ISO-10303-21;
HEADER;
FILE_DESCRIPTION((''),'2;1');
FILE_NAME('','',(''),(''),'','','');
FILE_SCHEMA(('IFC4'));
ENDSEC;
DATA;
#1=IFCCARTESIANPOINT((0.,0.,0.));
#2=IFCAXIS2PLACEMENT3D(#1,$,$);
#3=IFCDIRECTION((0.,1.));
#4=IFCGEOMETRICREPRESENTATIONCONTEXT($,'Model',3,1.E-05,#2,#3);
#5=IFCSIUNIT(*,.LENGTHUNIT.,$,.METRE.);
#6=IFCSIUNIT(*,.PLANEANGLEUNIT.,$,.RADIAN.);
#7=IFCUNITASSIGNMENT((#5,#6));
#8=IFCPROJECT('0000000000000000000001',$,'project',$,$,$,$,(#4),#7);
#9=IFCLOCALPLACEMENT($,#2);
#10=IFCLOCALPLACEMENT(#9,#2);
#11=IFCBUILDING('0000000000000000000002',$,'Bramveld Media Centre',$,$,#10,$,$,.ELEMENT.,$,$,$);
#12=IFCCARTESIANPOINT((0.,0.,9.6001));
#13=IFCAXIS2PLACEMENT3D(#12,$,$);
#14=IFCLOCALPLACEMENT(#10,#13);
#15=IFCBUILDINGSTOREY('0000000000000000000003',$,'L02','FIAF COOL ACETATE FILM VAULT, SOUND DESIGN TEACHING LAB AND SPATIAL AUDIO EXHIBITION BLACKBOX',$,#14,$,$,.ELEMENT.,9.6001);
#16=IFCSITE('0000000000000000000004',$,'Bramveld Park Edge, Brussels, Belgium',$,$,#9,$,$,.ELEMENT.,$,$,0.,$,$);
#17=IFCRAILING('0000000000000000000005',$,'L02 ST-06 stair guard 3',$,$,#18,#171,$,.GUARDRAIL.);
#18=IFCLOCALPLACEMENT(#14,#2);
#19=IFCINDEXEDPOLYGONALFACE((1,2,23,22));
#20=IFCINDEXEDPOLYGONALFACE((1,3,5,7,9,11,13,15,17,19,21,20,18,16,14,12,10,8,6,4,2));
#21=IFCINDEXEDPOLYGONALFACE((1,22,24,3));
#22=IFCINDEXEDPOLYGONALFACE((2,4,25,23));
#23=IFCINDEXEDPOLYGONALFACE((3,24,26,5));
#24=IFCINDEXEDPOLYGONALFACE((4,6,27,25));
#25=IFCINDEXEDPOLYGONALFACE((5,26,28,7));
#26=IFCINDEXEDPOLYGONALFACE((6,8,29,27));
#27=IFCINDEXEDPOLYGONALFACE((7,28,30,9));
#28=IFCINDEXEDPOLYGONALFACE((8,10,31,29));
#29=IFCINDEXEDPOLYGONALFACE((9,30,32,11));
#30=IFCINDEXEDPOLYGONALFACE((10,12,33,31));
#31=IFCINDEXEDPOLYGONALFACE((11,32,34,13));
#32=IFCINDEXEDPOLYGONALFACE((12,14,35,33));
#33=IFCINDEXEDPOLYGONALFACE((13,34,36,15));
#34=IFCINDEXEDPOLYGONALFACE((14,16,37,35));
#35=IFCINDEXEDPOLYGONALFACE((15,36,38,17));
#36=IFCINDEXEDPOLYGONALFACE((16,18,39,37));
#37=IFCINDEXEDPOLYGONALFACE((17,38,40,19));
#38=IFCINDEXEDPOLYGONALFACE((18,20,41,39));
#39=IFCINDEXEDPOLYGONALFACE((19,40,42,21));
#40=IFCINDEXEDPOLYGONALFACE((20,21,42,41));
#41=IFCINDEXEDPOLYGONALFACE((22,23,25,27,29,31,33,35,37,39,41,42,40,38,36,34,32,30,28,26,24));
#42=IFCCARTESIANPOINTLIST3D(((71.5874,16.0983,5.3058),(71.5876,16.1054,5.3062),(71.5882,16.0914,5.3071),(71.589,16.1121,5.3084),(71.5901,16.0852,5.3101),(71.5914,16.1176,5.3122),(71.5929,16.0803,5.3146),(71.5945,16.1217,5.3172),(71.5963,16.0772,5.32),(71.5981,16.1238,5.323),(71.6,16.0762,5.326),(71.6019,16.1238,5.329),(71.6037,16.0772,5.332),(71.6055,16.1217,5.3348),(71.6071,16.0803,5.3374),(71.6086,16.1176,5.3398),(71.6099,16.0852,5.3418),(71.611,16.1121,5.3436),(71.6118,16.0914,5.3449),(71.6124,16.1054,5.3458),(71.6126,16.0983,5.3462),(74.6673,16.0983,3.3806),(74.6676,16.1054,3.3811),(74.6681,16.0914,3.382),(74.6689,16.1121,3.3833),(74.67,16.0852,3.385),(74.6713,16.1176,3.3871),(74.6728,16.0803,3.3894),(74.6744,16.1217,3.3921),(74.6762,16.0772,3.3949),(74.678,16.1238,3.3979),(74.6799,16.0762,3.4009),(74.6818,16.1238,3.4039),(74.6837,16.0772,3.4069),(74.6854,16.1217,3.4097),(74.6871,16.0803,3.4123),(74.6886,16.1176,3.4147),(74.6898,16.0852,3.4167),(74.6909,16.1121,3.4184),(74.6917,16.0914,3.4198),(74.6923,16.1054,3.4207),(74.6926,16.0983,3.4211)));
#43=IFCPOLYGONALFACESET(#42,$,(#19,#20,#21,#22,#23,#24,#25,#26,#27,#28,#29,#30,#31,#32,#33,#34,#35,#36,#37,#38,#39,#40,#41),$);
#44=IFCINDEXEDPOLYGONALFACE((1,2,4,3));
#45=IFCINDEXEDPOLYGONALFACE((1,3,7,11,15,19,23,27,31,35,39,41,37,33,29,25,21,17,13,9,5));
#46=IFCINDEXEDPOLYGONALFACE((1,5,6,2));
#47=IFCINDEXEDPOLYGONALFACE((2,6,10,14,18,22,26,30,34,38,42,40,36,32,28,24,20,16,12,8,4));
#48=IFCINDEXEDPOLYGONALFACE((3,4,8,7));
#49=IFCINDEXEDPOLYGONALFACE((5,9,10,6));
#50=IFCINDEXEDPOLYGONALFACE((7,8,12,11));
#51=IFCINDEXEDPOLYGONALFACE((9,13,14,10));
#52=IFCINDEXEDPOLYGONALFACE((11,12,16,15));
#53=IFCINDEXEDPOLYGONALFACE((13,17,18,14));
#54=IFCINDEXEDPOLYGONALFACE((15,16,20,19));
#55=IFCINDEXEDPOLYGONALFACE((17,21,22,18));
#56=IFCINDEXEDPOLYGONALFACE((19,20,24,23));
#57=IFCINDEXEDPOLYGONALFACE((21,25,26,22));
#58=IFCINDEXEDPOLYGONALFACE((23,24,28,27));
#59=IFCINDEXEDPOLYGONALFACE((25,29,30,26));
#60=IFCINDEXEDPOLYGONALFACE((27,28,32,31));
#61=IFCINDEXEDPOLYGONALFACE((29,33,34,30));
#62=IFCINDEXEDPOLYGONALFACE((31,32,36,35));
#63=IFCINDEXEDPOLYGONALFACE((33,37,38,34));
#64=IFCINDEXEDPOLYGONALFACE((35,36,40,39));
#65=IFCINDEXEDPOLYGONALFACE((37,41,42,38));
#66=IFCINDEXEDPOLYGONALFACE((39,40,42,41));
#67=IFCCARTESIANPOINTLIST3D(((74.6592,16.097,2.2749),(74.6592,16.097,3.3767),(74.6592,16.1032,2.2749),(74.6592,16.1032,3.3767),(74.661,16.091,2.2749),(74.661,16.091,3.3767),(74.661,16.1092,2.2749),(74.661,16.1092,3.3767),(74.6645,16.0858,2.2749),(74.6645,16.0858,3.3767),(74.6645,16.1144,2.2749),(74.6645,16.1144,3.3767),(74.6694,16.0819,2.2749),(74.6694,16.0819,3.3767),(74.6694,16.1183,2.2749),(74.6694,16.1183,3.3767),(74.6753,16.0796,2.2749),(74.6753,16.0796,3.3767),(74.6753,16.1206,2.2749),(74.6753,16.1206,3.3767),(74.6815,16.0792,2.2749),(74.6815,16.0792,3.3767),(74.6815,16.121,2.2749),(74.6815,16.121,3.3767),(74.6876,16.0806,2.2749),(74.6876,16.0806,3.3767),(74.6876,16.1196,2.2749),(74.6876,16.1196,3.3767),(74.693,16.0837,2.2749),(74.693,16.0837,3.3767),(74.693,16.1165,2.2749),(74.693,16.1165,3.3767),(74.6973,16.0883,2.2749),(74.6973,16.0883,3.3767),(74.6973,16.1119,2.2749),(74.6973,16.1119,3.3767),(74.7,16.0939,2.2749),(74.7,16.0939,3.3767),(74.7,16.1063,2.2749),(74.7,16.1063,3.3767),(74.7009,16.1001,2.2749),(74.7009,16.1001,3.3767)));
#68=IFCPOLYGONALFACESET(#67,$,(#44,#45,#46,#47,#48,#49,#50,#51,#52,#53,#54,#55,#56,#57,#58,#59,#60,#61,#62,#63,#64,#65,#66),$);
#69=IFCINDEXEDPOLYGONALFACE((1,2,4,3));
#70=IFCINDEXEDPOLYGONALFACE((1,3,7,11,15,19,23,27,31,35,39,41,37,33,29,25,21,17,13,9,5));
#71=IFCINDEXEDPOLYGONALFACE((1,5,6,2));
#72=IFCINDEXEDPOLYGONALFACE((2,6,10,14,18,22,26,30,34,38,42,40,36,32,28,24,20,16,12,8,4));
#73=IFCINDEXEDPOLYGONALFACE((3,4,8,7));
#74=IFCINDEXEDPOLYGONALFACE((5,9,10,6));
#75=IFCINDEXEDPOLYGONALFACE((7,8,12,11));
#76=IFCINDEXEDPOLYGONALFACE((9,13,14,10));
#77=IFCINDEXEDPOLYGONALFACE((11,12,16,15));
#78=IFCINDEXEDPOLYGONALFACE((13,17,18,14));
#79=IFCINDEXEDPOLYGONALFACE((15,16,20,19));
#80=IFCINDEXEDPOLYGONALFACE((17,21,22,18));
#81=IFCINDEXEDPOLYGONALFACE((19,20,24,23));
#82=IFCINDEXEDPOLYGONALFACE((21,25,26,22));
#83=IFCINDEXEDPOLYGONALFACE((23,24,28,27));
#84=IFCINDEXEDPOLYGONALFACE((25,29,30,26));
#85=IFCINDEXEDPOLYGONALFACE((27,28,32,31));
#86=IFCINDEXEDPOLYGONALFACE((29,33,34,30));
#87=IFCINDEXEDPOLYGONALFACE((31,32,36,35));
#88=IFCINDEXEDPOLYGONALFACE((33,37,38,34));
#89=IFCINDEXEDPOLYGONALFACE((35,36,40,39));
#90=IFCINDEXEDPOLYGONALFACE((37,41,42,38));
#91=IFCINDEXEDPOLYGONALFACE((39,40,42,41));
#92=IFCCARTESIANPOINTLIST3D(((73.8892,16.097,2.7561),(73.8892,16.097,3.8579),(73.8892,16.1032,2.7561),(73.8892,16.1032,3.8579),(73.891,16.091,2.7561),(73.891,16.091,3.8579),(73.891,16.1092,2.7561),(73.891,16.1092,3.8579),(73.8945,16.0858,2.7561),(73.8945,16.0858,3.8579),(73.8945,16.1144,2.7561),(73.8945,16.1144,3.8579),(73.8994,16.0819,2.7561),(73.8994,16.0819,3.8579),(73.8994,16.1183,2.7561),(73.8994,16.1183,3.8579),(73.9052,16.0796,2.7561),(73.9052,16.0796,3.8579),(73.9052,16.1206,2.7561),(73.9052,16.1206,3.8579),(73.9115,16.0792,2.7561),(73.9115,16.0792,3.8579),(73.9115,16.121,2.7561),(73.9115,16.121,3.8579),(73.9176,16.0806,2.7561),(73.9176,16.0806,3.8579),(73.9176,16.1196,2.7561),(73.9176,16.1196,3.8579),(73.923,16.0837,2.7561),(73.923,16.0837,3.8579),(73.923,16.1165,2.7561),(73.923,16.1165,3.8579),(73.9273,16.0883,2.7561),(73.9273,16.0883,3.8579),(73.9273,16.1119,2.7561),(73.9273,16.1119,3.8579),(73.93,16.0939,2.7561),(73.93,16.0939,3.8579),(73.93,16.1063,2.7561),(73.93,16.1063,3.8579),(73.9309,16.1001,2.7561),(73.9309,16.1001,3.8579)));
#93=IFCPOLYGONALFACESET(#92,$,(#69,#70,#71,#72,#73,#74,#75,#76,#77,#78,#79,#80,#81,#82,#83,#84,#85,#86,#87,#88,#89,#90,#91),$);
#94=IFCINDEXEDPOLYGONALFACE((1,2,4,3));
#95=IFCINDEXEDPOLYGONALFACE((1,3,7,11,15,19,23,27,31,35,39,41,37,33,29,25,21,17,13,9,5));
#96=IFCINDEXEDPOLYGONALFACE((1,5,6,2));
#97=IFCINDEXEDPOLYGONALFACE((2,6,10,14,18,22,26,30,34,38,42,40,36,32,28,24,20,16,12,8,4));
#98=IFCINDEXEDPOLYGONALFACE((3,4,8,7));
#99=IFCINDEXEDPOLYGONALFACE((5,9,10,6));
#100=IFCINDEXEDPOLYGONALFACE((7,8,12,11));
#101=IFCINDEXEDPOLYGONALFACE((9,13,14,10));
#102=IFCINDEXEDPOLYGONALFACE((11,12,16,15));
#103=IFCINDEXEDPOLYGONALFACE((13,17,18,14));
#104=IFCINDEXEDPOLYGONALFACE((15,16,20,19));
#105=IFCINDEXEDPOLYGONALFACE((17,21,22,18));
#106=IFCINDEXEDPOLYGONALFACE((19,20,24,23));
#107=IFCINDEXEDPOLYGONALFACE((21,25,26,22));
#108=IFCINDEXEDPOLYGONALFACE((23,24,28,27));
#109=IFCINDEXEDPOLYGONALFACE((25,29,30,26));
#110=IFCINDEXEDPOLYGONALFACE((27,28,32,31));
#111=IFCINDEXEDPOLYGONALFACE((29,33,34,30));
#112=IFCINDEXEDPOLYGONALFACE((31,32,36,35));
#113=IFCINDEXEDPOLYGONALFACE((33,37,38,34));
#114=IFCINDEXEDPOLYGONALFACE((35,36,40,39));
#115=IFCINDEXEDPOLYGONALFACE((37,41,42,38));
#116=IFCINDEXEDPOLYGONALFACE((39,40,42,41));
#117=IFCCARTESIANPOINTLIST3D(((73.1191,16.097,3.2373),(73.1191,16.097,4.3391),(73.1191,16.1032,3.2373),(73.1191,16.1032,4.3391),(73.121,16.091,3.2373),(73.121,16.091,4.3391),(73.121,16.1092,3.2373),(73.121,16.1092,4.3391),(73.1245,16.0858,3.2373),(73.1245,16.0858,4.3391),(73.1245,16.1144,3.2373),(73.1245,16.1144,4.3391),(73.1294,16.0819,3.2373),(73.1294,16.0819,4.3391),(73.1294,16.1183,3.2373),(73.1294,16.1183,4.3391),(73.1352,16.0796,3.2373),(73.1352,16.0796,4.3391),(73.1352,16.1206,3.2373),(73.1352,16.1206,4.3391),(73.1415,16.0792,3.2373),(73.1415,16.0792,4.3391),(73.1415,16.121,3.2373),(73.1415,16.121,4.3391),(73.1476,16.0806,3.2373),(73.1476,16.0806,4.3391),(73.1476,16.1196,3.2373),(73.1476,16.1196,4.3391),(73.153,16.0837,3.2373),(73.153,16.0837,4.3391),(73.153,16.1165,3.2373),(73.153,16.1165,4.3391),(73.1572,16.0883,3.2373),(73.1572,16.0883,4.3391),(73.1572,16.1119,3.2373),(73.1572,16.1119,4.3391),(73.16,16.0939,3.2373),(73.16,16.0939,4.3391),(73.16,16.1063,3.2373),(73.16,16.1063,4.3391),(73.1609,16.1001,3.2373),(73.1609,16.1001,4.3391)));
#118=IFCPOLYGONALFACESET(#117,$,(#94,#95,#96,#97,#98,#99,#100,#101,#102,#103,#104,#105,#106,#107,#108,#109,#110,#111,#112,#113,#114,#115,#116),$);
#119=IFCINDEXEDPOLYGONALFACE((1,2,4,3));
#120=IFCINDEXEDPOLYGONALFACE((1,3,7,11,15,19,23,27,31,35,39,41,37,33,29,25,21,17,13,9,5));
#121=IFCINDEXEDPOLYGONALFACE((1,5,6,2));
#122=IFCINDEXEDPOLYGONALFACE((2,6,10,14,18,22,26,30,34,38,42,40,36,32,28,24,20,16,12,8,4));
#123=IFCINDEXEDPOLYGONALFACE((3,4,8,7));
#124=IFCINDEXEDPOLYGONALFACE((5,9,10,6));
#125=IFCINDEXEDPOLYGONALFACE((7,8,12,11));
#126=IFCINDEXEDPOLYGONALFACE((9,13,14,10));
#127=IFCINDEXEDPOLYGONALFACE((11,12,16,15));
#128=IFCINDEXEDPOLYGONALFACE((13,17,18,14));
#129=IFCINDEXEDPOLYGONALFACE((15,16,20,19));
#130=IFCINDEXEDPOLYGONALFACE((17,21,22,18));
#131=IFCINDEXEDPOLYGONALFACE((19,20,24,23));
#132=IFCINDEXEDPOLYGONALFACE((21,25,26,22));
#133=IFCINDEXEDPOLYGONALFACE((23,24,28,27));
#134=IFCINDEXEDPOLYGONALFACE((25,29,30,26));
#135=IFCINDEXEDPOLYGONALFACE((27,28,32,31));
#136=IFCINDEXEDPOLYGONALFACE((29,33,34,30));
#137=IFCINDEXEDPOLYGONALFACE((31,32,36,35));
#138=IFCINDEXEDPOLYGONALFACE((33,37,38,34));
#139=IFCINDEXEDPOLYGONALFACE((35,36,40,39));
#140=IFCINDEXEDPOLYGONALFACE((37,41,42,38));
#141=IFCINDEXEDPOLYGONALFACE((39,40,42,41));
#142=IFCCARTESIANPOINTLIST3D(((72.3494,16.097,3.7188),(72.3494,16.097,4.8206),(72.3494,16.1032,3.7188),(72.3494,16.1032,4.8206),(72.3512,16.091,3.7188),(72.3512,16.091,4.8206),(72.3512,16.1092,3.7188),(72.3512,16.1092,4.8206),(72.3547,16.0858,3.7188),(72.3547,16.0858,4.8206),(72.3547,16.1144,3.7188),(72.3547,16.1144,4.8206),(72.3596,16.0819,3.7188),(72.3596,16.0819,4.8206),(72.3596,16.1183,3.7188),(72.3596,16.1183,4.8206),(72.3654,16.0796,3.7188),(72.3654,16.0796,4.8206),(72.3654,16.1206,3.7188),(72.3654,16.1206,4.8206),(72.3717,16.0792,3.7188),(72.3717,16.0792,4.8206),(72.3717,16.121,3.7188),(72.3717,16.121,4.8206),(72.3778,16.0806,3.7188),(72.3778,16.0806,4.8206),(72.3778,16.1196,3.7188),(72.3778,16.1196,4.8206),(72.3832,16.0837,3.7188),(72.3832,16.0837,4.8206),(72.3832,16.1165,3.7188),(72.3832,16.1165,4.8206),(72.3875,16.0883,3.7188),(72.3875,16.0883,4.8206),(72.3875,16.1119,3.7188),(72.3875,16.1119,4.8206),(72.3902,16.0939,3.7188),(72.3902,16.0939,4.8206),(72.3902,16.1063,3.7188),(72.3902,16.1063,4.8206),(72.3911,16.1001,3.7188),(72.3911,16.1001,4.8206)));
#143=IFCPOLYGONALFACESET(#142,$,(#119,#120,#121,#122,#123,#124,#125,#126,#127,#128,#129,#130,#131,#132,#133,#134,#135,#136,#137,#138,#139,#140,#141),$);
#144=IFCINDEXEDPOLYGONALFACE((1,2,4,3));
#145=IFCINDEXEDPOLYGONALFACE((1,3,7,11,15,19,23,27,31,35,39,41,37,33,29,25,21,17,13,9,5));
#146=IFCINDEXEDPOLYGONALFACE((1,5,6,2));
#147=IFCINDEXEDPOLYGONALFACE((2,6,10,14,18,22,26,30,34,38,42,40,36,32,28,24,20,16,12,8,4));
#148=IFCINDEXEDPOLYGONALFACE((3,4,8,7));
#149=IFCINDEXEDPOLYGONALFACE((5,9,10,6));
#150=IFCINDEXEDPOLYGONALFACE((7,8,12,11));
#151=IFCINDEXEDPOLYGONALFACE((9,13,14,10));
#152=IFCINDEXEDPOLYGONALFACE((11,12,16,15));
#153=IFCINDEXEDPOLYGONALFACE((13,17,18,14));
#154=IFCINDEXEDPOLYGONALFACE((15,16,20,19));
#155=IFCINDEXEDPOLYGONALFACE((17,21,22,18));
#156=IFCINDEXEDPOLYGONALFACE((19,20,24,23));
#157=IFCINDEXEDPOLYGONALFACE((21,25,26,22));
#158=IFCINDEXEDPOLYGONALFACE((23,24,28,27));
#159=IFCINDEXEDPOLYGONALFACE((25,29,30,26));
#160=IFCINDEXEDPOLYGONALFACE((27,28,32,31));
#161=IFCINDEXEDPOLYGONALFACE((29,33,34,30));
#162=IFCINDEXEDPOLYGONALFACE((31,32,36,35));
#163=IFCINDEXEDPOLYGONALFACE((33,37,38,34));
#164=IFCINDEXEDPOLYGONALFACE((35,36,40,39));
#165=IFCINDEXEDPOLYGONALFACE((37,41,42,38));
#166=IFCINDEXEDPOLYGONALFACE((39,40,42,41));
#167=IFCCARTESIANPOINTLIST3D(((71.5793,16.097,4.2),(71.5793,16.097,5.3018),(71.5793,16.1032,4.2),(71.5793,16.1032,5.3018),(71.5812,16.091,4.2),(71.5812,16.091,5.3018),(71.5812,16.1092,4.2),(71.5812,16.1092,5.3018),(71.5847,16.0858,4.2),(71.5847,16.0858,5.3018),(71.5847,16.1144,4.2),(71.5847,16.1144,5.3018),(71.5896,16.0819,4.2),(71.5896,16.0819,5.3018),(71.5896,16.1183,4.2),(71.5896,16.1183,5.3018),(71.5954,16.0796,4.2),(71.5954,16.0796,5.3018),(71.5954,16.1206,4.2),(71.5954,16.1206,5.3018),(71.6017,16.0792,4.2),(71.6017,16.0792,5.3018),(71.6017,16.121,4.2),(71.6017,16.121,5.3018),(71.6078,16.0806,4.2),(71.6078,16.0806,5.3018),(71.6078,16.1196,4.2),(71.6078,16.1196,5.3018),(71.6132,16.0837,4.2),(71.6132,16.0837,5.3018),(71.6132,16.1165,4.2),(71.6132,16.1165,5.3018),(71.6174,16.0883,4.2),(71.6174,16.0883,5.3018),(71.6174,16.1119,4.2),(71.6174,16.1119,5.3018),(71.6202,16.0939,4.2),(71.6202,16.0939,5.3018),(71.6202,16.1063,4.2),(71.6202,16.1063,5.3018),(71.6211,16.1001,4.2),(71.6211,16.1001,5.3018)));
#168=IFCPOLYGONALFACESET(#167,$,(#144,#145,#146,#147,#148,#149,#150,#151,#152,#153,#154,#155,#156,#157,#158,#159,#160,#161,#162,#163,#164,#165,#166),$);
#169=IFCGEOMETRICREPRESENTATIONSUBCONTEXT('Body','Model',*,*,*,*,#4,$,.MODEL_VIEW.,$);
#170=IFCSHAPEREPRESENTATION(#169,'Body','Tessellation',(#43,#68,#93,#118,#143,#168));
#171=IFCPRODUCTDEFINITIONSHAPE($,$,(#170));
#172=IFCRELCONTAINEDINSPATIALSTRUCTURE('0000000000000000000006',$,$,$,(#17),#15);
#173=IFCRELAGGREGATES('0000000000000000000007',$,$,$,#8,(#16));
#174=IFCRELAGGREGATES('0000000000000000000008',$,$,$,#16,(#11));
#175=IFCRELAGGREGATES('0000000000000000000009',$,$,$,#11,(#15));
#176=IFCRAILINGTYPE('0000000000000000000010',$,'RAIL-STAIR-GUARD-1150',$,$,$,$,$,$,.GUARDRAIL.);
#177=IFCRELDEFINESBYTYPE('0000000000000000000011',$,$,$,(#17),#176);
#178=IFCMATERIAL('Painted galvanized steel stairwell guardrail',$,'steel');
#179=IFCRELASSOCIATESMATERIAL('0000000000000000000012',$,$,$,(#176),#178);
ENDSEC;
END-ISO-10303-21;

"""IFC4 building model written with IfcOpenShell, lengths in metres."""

from ifc_helpers import new_model, si_unit, direction, frame, origin, origin_2d, place, context, subcontext, project, spatial, circle, extrude, material, type_object, element, save


model = new_model("IFC4")

# Units and contexts
model_context = context("Model", 3, precision=1e-05, world=origin(), true_north=direction((0.0, 1.0)))
body_context = subcontext(model_context, "Body", "Model", "MODEL_VIEW")
ifc_project = project(units=[si_unit("LENGTHUNIT", "METRE"), si_unit("PLANEANGLEUNIT", "RADIAN")], contexts=[model_context])

# Site, building, storey
site_placement = place(None, origin())
site = spatial("IfcSite", under=ifc_project, at=site_placement, Name="Bramveld Park Edge, Brussels, Belgium", CompositionType="ELEMENT", RefElevation=0.0)
building_placement = place(site_placement, origin())
building = spatial("IfcBuilding", under=site, at=building_placement, Name="Bramveld Media Centre", CompositionType="ELEMENT")
storey_placement = place(building_placement, frame((0.0, 0.0, 9.6001)))
storey = spatial("IfcBuildingStorey", under=building, at=storey_placement, Name="L02", Description="FIAF COOL ACETATE FILM VAULT, SOUND DESIGN TEACHING LAB AND SPATIAL AUDIO EXHIBITION BLACKBOX", CompositionType="ELEMENT", Elevation=9.6001)

# Railing
ifc_material_1 = material(Name="Painted galvanized steel stairwell guardrail", Category="steel")
railing_type_1 = type_object("IfcRailingType", Name="RAIL-STAIR-GUARD-1150", PredefinedType="GUARDRAIL", material=ifc_material_1)
railing_1_placement = place(storey_placement, frame((74.6799, 16.1001, 2.2749)))
element("IfcRailing", 1, at=railing_1_placement, inside=storey, type_object=railing_type_1, Name="L02 ST-06 stair guard 3", PredefinedType="GUARDRAIL", context=body_context, shape_type="SweptSolid", body=[
    extrude(circle(Radius=0.0239, at=origin_2d()), frame((0.0, 0.0, 1.126), z_axis=(-0.847979, 0.0, 0.530029), x_axis=(0.0, -1.0, 0.0)), (0.0, 0.0, 1.0), 3.6321),
    extrude(circle(Radius=0.021, at=origin_2d()), origin(), (0.0, 0.0, 1.0), 1.1018),
    extrude(circle(Radius=0.021, at=origin_2d()), frame((-0.77, 0.0, 0.4812)), (0.0, 0.0, 1.0), 1.1018),
    extrude(circle(Radius=0.021, at=origin_2d()), frame((-1.54, 0.0, 0.9624)), (0.0, 0.0, 1.0), 1.1018),
    extrude(circle(Radius=0.021, at=origin_2d()), frame((-2.3098, 0.0, 1.4438)), (0.0, 0.0, 1.0), 1.1018),
    extrude(circle(Radius=0.021, at=origin_2d()), frame((-3.0798, 0.0, 1.925)), (0.0, 0.0, 1.0), 1.1018),
])

save(model, "model.ifc")
